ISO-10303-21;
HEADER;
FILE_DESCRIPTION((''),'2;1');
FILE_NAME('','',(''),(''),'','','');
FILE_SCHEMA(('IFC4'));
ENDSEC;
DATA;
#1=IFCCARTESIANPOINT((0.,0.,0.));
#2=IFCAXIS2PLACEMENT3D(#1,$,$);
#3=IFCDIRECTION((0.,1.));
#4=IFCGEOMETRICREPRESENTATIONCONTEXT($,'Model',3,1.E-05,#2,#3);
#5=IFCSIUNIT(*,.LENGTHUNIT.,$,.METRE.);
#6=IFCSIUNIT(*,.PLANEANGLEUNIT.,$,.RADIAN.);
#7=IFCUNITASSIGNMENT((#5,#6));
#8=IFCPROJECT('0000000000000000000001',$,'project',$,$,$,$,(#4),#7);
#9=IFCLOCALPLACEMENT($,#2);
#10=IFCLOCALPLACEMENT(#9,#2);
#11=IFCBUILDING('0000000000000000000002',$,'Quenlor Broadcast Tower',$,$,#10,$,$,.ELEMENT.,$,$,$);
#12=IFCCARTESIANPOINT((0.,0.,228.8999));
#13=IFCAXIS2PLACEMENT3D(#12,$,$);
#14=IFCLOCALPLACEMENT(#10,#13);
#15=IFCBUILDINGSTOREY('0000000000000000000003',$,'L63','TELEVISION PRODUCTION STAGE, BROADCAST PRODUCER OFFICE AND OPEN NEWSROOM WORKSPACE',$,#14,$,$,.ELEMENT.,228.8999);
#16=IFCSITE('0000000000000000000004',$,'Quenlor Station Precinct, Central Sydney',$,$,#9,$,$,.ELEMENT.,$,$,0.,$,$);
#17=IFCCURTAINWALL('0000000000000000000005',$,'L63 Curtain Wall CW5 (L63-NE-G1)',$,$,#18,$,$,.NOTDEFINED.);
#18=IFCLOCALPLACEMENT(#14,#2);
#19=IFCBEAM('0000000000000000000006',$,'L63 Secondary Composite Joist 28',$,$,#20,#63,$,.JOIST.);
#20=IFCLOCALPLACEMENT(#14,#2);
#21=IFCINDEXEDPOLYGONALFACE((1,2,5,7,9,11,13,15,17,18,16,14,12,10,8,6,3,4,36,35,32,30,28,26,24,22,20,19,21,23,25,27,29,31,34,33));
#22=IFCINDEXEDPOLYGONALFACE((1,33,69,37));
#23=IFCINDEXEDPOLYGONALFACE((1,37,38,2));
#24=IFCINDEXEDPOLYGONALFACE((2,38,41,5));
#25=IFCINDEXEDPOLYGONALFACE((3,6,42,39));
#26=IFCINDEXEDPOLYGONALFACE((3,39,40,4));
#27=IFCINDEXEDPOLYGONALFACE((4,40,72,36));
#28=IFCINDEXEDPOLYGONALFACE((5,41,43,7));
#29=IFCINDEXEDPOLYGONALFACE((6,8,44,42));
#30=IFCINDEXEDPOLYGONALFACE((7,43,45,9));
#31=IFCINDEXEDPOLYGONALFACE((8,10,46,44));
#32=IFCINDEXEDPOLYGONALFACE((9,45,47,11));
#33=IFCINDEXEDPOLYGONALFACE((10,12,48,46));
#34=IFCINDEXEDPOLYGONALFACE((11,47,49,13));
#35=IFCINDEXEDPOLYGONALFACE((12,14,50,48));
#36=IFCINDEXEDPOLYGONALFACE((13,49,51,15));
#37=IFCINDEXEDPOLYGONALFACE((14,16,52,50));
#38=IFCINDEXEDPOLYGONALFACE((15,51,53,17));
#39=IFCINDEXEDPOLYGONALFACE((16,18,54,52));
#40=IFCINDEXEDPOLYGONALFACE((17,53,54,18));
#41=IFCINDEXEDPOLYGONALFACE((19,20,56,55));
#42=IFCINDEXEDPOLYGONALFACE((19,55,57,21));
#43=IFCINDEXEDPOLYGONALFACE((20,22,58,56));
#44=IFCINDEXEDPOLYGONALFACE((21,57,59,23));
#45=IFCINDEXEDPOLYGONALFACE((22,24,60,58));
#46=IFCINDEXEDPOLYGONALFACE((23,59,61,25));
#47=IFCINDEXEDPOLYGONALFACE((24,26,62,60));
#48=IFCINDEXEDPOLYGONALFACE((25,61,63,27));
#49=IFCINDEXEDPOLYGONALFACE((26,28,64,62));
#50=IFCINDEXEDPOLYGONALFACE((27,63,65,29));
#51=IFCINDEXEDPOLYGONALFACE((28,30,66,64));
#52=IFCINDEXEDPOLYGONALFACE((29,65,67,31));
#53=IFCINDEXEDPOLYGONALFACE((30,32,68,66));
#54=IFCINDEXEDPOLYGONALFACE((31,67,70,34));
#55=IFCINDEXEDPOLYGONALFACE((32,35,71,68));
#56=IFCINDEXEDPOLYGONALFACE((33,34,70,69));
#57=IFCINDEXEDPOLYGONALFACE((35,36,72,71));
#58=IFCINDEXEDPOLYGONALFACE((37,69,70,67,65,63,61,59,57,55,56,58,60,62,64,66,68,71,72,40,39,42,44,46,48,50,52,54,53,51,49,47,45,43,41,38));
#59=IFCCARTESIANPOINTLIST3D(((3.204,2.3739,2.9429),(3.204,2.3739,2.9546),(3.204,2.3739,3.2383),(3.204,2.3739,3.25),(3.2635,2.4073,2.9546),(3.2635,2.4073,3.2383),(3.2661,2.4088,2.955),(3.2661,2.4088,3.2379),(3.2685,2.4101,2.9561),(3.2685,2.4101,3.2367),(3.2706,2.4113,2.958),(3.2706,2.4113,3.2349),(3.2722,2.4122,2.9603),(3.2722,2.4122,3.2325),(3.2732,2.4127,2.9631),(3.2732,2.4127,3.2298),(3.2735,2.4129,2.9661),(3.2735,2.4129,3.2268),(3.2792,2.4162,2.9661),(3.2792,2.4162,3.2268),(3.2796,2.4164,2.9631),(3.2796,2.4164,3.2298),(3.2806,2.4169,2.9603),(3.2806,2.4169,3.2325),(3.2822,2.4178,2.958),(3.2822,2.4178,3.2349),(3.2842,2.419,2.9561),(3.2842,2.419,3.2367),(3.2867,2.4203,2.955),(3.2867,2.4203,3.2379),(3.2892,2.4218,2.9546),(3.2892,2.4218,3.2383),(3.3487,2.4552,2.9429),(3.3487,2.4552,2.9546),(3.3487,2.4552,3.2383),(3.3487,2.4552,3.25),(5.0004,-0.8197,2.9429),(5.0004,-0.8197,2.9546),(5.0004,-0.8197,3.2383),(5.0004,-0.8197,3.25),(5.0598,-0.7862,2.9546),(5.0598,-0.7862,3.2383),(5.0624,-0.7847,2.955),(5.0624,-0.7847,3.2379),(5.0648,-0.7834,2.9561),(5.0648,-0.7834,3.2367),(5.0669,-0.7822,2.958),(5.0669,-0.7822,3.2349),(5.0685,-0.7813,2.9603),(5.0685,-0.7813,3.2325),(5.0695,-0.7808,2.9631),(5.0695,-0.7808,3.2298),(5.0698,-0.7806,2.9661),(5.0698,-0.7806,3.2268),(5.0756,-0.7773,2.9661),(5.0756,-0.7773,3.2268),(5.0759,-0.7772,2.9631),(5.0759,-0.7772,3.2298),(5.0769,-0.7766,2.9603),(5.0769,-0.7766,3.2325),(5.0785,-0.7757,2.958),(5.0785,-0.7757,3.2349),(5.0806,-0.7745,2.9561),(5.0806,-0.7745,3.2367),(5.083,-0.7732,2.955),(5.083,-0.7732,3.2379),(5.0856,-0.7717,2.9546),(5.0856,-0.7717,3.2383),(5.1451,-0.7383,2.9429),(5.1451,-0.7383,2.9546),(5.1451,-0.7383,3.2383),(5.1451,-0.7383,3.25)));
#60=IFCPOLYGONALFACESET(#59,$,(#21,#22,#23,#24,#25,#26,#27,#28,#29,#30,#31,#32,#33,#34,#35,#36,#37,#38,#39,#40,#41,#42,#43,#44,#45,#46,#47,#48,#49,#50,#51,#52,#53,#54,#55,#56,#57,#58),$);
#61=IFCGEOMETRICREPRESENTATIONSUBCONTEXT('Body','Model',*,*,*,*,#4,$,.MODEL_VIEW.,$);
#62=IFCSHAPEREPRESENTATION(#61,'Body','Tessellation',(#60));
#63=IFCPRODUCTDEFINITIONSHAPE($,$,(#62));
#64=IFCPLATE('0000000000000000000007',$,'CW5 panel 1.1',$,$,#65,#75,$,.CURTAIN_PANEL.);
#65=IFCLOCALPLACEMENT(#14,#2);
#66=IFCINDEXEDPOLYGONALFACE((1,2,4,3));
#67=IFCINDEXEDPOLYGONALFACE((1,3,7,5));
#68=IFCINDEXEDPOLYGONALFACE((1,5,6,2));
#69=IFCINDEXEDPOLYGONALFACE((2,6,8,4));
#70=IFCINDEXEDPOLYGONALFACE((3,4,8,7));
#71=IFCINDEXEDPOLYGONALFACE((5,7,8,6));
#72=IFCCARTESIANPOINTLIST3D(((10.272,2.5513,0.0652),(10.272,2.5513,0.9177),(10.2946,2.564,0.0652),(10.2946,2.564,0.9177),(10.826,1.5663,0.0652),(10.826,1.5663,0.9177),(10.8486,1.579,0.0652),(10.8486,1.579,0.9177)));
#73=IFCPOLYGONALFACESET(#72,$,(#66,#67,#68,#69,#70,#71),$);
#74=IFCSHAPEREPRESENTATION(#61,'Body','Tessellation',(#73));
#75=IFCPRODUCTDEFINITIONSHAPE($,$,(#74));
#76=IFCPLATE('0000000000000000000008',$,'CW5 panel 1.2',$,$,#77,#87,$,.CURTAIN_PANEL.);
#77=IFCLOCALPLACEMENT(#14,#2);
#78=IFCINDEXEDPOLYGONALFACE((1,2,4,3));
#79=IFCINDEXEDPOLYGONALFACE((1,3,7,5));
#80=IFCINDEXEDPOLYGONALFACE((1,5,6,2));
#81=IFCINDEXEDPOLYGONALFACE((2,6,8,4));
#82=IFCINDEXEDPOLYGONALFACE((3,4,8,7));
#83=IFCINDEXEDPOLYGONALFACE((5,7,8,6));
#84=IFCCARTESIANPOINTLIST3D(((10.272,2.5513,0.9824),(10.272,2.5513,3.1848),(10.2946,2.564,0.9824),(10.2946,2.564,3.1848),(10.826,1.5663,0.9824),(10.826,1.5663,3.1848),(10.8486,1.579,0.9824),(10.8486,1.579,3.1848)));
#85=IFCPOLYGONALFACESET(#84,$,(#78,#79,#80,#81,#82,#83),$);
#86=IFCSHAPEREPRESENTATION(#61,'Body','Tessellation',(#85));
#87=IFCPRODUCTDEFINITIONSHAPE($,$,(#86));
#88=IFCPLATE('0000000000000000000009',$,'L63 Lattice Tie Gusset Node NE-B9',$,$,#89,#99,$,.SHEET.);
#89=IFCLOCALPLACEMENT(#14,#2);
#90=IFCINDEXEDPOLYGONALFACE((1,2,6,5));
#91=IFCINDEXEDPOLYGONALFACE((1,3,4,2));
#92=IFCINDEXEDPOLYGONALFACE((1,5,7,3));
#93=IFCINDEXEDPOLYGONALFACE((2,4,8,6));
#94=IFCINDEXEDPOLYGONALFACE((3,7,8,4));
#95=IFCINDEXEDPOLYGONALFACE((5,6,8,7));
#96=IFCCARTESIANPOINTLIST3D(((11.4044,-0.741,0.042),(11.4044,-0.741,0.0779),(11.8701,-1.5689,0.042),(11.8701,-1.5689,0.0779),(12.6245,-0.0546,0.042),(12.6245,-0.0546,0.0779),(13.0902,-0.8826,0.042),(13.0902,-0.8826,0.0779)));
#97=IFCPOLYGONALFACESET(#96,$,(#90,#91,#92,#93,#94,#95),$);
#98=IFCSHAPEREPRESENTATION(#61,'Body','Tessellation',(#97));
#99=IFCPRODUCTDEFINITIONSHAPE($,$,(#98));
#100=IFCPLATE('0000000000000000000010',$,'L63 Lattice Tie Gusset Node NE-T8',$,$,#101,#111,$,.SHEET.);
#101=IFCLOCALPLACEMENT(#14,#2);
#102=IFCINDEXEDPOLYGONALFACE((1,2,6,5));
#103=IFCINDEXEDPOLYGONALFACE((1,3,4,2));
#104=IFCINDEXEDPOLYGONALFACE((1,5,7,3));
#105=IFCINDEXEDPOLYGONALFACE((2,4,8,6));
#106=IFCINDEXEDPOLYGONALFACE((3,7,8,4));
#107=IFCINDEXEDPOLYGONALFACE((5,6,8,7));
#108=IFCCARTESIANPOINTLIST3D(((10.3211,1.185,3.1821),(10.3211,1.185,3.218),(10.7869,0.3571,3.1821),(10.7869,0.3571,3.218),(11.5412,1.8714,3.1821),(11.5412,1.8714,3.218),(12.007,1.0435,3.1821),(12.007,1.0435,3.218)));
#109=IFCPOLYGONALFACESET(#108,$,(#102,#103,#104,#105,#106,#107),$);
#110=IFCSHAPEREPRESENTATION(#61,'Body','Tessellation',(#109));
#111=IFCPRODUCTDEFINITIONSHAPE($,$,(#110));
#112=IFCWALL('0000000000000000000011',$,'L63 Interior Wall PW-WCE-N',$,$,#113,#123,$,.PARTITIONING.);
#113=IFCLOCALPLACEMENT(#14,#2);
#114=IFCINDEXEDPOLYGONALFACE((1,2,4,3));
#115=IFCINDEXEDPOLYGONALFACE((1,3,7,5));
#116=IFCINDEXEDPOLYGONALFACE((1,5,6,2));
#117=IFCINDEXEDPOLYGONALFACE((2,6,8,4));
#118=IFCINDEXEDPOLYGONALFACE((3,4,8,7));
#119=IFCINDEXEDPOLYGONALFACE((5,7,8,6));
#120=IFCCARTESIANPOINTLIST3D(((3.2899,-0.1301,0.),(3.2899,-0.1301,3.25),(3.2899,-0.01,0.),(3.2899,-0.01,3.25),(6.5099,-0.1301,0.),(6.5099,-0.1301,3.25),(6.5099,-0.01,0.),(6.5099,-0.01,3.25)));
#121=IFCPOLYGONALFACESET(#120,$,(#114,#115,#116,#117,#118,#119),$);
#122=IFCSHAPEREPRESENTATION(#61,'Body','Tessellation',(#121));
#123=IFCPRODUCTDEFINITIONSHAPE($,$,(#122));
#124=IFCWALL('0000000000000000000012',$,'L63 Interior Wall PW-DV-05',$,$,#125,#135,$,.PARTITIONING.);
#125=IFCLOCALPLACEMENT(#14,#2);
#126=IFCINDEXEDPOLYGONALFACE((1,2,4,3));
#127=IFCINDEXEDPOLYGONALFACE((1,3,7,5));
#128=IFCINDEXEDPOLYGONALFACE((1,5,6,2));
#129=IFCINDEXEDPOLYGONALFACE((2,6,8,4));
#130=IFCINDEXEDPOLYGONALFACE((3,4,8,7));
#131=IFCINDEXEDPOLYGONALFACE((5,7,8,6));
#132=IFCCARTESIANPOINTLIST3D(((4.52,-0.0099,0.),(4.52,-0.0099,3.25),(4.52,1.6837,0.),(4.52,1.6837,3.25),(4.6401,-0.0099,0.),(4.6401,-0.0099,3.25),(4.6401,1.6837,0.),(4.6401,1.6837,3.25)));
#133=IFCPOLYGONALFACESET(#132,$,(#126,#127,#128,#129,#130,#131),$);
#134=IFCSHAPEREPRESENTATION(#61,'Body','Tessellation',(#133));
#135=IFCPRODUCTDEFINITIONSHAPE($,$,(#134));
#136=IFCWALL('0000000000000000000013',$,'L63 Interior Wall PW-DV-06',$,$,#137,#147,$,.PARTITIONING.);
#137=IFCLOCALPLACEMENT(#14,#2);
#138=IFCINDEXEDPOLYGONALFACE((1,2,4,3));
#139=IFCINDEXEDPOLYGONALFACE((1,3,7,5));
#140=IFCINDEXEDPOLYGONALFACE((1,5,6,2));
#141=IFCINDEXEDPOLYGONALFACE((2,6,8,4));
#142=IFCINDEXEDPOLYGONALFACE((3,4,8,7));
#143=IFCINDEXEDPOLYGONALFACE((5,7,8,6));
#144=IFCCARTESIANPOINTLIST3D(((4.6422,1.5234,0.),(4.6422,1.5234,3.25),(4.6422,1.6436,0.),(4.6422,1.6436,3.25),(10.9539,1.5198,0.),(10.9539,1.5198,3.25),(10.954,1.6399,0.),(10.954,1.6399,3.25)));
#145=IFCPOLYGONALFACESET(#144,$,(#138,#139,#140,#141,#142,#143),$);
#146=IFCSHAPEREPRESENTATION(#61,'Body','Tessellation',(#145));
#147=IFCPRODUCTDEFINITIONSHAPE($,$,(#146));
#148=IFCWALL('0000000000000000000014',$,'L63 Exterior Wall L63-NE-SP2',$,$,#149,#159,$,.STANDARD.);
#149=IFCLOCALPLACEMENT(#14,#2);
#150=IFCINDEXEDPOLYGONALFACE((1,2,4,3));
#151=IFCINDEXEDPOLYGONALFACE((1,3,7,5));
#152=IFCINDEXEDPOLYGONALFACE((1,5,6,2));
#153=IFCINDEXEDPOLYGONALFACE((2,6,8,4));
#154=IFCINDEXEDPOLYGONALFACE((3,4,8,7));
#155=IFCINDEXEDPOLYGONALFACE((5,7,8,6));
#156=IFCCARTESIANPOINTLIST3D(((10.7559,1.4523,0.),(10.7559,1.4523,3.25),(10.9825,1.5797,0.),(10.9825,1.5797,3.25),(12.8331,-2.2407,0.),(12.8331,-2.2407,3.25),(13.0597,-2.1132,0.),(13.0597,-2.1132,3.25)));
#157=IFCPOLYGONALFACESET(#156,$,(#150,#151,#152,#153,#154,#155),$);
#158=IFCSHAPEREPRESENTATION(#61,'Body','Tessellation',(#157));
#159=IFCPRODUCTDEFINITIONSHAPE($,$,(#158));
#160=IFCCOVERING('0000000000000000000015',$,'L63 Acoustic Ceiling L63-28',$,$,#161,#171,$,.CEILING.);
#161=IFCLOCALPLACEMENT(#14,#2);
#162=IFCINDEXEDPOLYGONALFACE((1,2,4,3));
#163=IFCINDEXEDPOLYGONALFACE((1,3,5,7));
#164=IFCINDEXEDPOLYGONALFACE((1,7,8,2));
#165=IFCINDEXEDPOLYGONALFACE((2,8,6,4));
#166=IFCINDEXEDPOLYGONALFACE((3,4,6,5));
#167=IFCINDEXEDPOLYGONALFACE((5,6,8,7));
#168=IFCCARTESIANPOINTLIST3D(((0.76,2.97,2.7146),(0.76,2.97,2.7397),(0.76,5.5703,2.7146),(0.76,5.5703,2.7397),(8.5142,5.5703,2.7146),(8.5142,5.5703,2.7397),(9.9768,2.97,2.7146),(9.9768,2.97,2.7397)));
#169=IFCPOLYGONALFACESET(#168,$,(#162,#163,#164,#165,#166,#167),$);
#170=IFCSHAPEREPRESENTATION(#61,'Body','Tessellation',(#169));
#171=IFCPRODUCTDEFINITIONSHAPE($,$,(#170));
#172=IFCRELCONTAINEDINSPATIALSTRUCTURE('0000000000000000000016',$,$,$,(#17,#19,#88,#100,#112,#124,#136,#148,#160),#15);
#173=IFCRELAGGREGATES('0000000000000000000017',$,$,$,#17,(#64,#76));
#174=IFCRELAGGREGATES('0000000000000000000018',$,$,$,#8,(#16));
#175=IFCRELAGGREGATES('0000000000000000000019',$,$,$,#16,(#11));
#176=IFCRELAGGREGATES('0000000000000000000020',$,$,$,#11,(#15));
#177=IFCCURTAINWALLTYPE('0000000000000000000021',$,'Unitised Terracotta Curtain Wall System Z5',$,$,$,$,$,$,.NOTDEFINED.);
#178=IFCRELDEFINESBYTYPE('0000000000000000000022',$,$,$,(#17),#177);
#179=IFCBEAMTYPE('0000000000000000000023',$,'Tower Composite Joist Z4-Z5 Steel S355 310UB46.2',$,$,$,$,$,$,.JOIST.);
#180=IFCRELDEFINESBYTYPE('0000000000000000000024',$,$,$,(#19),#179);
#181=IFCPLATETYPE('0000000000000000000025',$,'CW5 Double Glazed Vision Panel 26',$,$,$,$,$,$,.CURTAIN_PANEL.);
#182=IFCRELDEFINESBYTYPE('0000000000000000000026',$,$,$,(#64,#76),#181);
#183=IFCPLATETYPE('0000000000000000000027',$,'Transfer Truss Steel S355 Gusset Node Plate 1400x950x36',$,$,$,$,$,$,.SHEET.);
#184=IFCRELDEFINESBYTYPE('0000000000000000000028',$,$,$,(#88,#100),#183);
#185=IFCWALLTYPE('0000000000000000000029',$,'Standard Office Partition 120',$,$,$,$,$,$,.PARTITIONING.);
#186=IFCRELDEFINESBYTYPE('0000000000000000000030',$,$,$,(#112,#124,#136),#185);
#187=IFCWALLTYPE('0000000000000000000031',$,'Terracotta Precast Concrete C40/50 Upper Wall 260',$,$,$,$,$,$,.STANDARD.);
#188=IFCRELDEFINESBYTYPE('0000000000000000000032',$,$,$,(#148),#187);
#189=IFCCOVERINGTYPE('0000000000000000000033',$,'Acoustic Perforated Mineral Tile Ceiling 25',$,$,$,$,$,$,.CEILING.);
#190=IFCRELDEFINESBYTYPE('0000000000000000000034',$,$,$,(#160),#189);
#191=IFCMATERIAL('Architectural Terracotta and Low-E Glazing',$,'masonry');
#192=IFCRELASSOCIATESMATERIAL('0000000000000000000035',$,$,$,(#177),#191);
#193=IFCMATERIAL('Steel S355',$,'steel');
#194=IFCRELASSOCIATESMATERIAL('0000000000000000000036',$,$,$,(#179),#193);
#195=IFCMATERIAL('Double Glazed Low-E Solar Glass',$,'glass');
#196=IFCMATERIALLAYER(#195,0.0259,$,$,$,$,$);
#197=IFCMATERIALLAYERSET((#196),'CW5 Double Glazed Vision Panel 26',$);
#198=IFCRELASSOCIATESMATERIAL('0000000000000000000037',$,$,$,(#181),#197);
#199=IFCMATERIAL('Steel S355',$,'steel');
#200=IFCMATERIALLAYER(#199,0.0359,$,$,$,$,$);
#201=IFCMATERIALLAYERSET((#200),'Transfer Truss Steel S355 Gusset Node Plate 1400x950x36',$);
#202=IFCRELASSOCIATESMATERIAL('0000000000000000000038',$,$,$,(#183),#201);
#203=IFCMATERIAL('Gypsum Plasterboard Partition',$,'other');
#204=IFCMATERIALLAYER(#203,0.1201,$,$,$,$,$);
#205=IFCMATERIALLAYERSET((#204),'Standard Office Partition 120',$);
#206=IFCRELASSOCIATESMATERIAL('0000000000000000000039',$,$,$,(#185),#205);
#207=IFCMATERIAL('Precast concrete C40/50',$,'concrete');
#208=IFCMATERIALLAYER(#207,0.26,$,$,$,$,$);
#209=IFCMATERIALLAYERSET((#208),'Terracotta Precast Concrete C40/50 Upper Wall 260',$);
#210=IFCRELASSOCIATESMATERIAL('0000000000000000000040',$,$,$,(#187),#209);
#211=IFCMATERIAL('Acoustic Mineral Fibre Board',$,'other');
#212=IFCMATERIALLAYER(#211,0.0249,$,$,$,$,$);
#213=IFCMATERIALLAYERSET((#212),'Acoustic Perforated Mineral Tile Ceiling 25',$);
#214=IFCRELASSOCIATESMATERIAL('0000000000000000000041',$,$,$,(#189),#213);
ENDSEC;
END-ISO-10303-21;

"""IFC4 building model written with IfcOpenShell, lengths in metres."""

from ifc_helpers import new_model, si_unit, direction, frame, frame_2d, origin, origin_2d, place, context, subcontext, project, spatial, polyline, rectangle, i_section, outline, extrude, material, layer, layer_set, material_profile, profile_set, type_object, element, aggregate, save


model = new_model("IFC4")

# Units and contexts
model_context = context("Model", 3, precision=1e-05, world=origin(), true_north=direction((0.0, 1.0)))
body_context = subcontext(model_context, "Body", "Model", "MODEL_VIEW")
ifc_project = project(units=[si_unit("LENGTHUNIT", "METRE"), si_unit("PLANEANGLEUNIT", "RADIAN")], contexts=[model_context])

# Site, building, storey
site_placement = place(None, origin())
site = spatial("IfcSite", under=ifc_project, at=site_placement, Name="Quenlor Station Precinct, Central Sydney", CompositionType="ELEMENT", RefElevation=0.0)
building_placement = place(site_placement, origin())
building = spatial("IfcBuilding", under=site, at=building_placement, Name="Quenlor Broadcast Tower", CompositionType="ELEMENT")
storey_placement = place(building_placement, frame((0.0, 0.0, 228.8999)))
storey = spatial("IfcBuildingStorey", under=building, at=storey_placement, Name="L63", Description="TELEVISION PRODUCTION STAGE, BROADCAST PRODUCER OFFICE AND OPEN NEWSROOM WORKSPACE", CompositionType="ELEMENT", Elevation=228.8999)

# Curtain wall
ifc_material_1 = material(Name="Architectural Terracotta and Low-E Glazing", Category="masonry")
curtain_wall_type = type_object("IfcCurtainWallType", Name="Unitised Terracotta Curtain Wall System Z5", PredefinedType="NOTDEFINED", material=ifc_material_1)
curtain_wall_placement = place(storey_placement, origin())
curtain_wall = element("IfcCurtainWall", 1, at=curtain_wall_placement, inside=storey, type_object=curtain_wall_type, Name="L63 Curtain Wall CW5 (L63-NE-G1)", PredefinedType="NOTDEFINED")

# Beam
ifc_material_2 = material(Name="Steel S355", Category="steel")
ifc_material_profile_1 = material_profile(ifc_material_2, i_section(OverallWidth=0.166, OverallDepth=0.3071, WebThickness=0.0066, FlangeThickness=0.0117, FilletRadius=0.0115, at=origin_2d()))
ifc_profile_set_1 = profile_set([ifc_material_profile_1], Name="Steel S355 310UB46.2")
beam_type_1 = type_object("IfcBeamType", Name="Tower Composite Joist Z4-Z5 Steel S355 310UB46.2", PredefinedType="JOIST", material=ifc_profile_set_1)
beam_1_placement = place(storey_placement, frame((3.2764, 2.4146, 3.0964), z_axis=(0.490258, -0.871577, 0.0), x_axis=(0.871577, 0.490258, 0.0)))
element("IfcBeam", 2, at=beam_1_placement, inside=storey, type_object=beam_type_1, Name="L63 Secondary Composite Joist 28", PredefinedType="JOIST", context=body_context, shape_type="SweptSolid", body=[
    extrude(i_section(OverallWidth=0.166, OverallDepth=0.3071, WebThickness=0.0066, FlangeThickness=0.0117, FilletRadius=0.0115, at=origin_2d()), origin(), (0.0, 0.0, 1.0), 3.6641),
])

# Plates
ifc_material_3 = material(Name="Double Glazed Low-E Solar Glass", Category="glass")
ifc_layer_1 = layer(ifc_material_3, 0.0259)
ifc_layer_set_1 = layer_set([ifc_layer_1], Name="CW5 Double Glazed Vision Panel 26")
plate_type_1 = type_object("IfcPlateType", Name="CW5 Double Glazed Vision Panel 26", PredefinedType="CURTAIN_PANEL", material=ifc_layer_set_1)
plate_1_placement = place(storey_placement, frame((10.5603, 2.0652, 0.0652), z_axis=(0.0, 0.0, 1.0), x_axis=(0.490231, -0.871592, 0.0)))
plate_1 = element("IfcPlate", 3, at=plate_1_placement, type_object=plate_type_1, Name="CW5 panel 1.1", PredefinedType="CURTAIN_PANEL", context=body_context, shape_type="SweptSolid", body=[
    extrude(rectangle(XDim=1.1301, YDim=0.0259, at=origin_2d()), origin(), (0.0, 0.0, 1.0), 0.8525),
])
plate_2_placement = place(storey_placement, frame((10.5603, 2.0652, 0.9824), z_axis=(0.0, 0.0, 1.0), x_axis=(0.490231, -0.871592, 0.0)))
plate_2 = element("IfcPlate", 4, at=plate_2_placement, type_object=plate_type_1, Name="CW5 panel 1.2", PredefinedType="CURTAIN_PANEL", context=body_context, shape_type="SweptSolid", body=[
    extrude(rectangle(XDim=1.1301, YDim=0.0259, at=origin_2d()), origin(), (0.0, 0.0, 1.0), 2.2024),
])
aggregate(curtain_wall, [plate_1, plate_2])

# Plates
ifc_material_4 = material(Name="Steel S355", Category="steel")
ifc_layer_2 = layer(ifc_material_4, 0.0359)
ifc_layer_set_2 = layer_set([ifc_layer_2], Name="Transfer Truss Steel S355 Gusset Node Plate 1400x950x36")
plate_type_2 = type_object("IfcPlateType", Name="Transfer Truss Steel S355 Gusset Node Plate 1400x950x36", PredefinedType="SHEET", material=ifc_layer_set_2)
for number, where, z_axis, x_axis, name in (
    (5, (12.2473, -0.8118, 0.042), (0.0, 0.0, 1.0), (0.871556, 0.490295, 0.0), "L63 Lattice Tie Gusset Node NE-B9"),
    (6, (11.1641, 1.1143, 3.1821), (0.0, 0.0, 1.0), (0.871556, 0.490295, 0.0), "L63 Lattice Tie Gusset Node NE-T8"),
):
    element("IfcPlate", number, at=place(storey_placement, frame(where, z_axis=z_axis, x_axis=x_axis)), inside=storey, type_object=plate_type_2, Name=name, PredefinedType="SHEET", context=body_context, shape_type="SweptSolid", body=[
        extrude(rectangle(XDim=1.3999, YDim=0.95, at=origin_2d()), origin(), (0.0, 0.0, 1.0), 0.0359),
    ])

# Walls
ifc_material_5 = material(Name="Gypsum Plasterboard Partition", Category="other")
ifc_layer_3 = layer(ifc_material_5, 0.1201)
ifc_layer_set_3 = layer_set([ifc_layer_3], Name="Standard Office Partition 120")
wall_type_1 = type_object("IfcWallType", Name="Standard Office Partition 120", PredefinedType="PARTITIONING", material=ifc_layer_set_3)
wall_1_placement = place(storey_placement, frame((3.29, -0.0701, 0.0), z_axis=(0.0, 0.0, 1.0), x_axis=(1.0, 0.0, 0.0)))
element("IfcWall", 7, at=wall_1_placement, inside=storey, type_object=wall_type_1, Name="L63 Interior Wall PW-WCE-N", PredefinedType="PARTITIONING", context=body_context, shape_type="SweptSolid", body=[
    extrude(rectangle(XDim=3.22, YDim=0.1201, at=frame_2d((1.6099, 0.0))), origin(), (0.0, 0.0, 1.0), 3.25),
])
wall_2_placement = place(storey_placement, frame((4.5801, 1.6836, 0.0), z_axis=(0.0, 0.0, 1.0), x_axis=(0.0, -1.0, 0.0)))
element("IfcWall", 8, at=wall_2_placement, inside=storey, type_object=wall_type_1, Name="L63 Interior Wall PW-DV-05", PredefinedType="PARTITIONING", context=body_context, shape_type="SweptSolid", body=[
    extrude(rectangle(XDim=1.6936, YDim=0.1201, at=frame_2d((0.8467, 0.0))), origin(), (0.0, 0.0, 1.0), 3.25),
])
wall_3_placement = place(storey_placement, frame((10.9539, 1.5798, 0.0), z_axis=(0.0, 0.0, 1.0), x_axis=(-1.0, 0.00058, 0.0)))
element("IfcWall", 9, at=wall_3_placement, inside=storey, type_object=wall_type_1, Name="L63 Interior Wall PW-DV-06", PredefinedType="PARTITIONING", context=body_context, shape_type="SweptSolid", body=[
    extrude(rectangle(XDim=6.3118, YDim=0.1201, at=frame_2d((3.1558, 0.0))), origin(), (0.0, 0.0, 1.0), 3.25),
])
ifc_material_6 = material(Name="Precast concrete C40/50", Category="concrete")
ifc_layer_4 = layer(ifc_material_6, 0.26)
ifc_layer_set_4 = layer_set([ifc_layer_4], Name="Terracotta Precast Concrete C40/50 Upper Wall 260")
wall_type_2 = type_object("IfcWallType", Name="Terracotta Precast Concrete C40/50 Upper Wall 260", PredefinedType="STANDARD", material=ifc_layer_set_4)
wall_4_placement = place(storey_placement, frame((10.8691, 1.5161, 0.0), z_axis=(0.0, 0.0, 1.0), x_axis=(0.490245, -0.871585, 0.0)))
element("IfcWall", 10, at=wall_4_placement, inside=storey, type_object=wall_type_2, Name="L63 Exterior Wall L63-NE-SP2", PredefinedType="STANDARD", context=body_context, shape_type="SweptSolid", body=[
    extrude(rectangle(XDim=4.2371, YDim=0.26, at=frame_2d((2.1187, 0.0))), origin(), (0.0, 0.0, 1.0), 3.25),
])

# Covering
ifc_material_7 = material(Name="Acoustic Mineral Fibre Board", Category="other")
ifc_layer_5 = layer(ifc_material_7, 0.0249)
ifc_layer_set_5 = layer_set([ifc_layer_5], Name="Acoustic Perforated Mineral Tile Ceiling 25")
covering_type_1 = type_object("IfcCoveringType", Name="Acoustic Perforated Mineral Tile Ceiling 25", PredefinedType="CEILING", material=ifc_layer_set_5)
covering_1_placement = place(storey_placement, frame((0.0, 0.0, 2.7146)))
element("IfcCovering", 11, at=covering_1_placement, inside=storey, type_object=covering_type_1, Name="L63 Acoustic Ceiling L63-28", PredefinedType="CEILING", context=body_context, shape_type="SweptSolid", body=[
    extrude(outline(polyline([(8.5142, 5.5703), (9.9768, 2.97), (0.76, 2.97), (0.76, 5.5703), (8.5142, 5.5703)])), origin(), (0.0, 0.0, 1.0), 0.0251),
])

save(model, "model.ifc")
